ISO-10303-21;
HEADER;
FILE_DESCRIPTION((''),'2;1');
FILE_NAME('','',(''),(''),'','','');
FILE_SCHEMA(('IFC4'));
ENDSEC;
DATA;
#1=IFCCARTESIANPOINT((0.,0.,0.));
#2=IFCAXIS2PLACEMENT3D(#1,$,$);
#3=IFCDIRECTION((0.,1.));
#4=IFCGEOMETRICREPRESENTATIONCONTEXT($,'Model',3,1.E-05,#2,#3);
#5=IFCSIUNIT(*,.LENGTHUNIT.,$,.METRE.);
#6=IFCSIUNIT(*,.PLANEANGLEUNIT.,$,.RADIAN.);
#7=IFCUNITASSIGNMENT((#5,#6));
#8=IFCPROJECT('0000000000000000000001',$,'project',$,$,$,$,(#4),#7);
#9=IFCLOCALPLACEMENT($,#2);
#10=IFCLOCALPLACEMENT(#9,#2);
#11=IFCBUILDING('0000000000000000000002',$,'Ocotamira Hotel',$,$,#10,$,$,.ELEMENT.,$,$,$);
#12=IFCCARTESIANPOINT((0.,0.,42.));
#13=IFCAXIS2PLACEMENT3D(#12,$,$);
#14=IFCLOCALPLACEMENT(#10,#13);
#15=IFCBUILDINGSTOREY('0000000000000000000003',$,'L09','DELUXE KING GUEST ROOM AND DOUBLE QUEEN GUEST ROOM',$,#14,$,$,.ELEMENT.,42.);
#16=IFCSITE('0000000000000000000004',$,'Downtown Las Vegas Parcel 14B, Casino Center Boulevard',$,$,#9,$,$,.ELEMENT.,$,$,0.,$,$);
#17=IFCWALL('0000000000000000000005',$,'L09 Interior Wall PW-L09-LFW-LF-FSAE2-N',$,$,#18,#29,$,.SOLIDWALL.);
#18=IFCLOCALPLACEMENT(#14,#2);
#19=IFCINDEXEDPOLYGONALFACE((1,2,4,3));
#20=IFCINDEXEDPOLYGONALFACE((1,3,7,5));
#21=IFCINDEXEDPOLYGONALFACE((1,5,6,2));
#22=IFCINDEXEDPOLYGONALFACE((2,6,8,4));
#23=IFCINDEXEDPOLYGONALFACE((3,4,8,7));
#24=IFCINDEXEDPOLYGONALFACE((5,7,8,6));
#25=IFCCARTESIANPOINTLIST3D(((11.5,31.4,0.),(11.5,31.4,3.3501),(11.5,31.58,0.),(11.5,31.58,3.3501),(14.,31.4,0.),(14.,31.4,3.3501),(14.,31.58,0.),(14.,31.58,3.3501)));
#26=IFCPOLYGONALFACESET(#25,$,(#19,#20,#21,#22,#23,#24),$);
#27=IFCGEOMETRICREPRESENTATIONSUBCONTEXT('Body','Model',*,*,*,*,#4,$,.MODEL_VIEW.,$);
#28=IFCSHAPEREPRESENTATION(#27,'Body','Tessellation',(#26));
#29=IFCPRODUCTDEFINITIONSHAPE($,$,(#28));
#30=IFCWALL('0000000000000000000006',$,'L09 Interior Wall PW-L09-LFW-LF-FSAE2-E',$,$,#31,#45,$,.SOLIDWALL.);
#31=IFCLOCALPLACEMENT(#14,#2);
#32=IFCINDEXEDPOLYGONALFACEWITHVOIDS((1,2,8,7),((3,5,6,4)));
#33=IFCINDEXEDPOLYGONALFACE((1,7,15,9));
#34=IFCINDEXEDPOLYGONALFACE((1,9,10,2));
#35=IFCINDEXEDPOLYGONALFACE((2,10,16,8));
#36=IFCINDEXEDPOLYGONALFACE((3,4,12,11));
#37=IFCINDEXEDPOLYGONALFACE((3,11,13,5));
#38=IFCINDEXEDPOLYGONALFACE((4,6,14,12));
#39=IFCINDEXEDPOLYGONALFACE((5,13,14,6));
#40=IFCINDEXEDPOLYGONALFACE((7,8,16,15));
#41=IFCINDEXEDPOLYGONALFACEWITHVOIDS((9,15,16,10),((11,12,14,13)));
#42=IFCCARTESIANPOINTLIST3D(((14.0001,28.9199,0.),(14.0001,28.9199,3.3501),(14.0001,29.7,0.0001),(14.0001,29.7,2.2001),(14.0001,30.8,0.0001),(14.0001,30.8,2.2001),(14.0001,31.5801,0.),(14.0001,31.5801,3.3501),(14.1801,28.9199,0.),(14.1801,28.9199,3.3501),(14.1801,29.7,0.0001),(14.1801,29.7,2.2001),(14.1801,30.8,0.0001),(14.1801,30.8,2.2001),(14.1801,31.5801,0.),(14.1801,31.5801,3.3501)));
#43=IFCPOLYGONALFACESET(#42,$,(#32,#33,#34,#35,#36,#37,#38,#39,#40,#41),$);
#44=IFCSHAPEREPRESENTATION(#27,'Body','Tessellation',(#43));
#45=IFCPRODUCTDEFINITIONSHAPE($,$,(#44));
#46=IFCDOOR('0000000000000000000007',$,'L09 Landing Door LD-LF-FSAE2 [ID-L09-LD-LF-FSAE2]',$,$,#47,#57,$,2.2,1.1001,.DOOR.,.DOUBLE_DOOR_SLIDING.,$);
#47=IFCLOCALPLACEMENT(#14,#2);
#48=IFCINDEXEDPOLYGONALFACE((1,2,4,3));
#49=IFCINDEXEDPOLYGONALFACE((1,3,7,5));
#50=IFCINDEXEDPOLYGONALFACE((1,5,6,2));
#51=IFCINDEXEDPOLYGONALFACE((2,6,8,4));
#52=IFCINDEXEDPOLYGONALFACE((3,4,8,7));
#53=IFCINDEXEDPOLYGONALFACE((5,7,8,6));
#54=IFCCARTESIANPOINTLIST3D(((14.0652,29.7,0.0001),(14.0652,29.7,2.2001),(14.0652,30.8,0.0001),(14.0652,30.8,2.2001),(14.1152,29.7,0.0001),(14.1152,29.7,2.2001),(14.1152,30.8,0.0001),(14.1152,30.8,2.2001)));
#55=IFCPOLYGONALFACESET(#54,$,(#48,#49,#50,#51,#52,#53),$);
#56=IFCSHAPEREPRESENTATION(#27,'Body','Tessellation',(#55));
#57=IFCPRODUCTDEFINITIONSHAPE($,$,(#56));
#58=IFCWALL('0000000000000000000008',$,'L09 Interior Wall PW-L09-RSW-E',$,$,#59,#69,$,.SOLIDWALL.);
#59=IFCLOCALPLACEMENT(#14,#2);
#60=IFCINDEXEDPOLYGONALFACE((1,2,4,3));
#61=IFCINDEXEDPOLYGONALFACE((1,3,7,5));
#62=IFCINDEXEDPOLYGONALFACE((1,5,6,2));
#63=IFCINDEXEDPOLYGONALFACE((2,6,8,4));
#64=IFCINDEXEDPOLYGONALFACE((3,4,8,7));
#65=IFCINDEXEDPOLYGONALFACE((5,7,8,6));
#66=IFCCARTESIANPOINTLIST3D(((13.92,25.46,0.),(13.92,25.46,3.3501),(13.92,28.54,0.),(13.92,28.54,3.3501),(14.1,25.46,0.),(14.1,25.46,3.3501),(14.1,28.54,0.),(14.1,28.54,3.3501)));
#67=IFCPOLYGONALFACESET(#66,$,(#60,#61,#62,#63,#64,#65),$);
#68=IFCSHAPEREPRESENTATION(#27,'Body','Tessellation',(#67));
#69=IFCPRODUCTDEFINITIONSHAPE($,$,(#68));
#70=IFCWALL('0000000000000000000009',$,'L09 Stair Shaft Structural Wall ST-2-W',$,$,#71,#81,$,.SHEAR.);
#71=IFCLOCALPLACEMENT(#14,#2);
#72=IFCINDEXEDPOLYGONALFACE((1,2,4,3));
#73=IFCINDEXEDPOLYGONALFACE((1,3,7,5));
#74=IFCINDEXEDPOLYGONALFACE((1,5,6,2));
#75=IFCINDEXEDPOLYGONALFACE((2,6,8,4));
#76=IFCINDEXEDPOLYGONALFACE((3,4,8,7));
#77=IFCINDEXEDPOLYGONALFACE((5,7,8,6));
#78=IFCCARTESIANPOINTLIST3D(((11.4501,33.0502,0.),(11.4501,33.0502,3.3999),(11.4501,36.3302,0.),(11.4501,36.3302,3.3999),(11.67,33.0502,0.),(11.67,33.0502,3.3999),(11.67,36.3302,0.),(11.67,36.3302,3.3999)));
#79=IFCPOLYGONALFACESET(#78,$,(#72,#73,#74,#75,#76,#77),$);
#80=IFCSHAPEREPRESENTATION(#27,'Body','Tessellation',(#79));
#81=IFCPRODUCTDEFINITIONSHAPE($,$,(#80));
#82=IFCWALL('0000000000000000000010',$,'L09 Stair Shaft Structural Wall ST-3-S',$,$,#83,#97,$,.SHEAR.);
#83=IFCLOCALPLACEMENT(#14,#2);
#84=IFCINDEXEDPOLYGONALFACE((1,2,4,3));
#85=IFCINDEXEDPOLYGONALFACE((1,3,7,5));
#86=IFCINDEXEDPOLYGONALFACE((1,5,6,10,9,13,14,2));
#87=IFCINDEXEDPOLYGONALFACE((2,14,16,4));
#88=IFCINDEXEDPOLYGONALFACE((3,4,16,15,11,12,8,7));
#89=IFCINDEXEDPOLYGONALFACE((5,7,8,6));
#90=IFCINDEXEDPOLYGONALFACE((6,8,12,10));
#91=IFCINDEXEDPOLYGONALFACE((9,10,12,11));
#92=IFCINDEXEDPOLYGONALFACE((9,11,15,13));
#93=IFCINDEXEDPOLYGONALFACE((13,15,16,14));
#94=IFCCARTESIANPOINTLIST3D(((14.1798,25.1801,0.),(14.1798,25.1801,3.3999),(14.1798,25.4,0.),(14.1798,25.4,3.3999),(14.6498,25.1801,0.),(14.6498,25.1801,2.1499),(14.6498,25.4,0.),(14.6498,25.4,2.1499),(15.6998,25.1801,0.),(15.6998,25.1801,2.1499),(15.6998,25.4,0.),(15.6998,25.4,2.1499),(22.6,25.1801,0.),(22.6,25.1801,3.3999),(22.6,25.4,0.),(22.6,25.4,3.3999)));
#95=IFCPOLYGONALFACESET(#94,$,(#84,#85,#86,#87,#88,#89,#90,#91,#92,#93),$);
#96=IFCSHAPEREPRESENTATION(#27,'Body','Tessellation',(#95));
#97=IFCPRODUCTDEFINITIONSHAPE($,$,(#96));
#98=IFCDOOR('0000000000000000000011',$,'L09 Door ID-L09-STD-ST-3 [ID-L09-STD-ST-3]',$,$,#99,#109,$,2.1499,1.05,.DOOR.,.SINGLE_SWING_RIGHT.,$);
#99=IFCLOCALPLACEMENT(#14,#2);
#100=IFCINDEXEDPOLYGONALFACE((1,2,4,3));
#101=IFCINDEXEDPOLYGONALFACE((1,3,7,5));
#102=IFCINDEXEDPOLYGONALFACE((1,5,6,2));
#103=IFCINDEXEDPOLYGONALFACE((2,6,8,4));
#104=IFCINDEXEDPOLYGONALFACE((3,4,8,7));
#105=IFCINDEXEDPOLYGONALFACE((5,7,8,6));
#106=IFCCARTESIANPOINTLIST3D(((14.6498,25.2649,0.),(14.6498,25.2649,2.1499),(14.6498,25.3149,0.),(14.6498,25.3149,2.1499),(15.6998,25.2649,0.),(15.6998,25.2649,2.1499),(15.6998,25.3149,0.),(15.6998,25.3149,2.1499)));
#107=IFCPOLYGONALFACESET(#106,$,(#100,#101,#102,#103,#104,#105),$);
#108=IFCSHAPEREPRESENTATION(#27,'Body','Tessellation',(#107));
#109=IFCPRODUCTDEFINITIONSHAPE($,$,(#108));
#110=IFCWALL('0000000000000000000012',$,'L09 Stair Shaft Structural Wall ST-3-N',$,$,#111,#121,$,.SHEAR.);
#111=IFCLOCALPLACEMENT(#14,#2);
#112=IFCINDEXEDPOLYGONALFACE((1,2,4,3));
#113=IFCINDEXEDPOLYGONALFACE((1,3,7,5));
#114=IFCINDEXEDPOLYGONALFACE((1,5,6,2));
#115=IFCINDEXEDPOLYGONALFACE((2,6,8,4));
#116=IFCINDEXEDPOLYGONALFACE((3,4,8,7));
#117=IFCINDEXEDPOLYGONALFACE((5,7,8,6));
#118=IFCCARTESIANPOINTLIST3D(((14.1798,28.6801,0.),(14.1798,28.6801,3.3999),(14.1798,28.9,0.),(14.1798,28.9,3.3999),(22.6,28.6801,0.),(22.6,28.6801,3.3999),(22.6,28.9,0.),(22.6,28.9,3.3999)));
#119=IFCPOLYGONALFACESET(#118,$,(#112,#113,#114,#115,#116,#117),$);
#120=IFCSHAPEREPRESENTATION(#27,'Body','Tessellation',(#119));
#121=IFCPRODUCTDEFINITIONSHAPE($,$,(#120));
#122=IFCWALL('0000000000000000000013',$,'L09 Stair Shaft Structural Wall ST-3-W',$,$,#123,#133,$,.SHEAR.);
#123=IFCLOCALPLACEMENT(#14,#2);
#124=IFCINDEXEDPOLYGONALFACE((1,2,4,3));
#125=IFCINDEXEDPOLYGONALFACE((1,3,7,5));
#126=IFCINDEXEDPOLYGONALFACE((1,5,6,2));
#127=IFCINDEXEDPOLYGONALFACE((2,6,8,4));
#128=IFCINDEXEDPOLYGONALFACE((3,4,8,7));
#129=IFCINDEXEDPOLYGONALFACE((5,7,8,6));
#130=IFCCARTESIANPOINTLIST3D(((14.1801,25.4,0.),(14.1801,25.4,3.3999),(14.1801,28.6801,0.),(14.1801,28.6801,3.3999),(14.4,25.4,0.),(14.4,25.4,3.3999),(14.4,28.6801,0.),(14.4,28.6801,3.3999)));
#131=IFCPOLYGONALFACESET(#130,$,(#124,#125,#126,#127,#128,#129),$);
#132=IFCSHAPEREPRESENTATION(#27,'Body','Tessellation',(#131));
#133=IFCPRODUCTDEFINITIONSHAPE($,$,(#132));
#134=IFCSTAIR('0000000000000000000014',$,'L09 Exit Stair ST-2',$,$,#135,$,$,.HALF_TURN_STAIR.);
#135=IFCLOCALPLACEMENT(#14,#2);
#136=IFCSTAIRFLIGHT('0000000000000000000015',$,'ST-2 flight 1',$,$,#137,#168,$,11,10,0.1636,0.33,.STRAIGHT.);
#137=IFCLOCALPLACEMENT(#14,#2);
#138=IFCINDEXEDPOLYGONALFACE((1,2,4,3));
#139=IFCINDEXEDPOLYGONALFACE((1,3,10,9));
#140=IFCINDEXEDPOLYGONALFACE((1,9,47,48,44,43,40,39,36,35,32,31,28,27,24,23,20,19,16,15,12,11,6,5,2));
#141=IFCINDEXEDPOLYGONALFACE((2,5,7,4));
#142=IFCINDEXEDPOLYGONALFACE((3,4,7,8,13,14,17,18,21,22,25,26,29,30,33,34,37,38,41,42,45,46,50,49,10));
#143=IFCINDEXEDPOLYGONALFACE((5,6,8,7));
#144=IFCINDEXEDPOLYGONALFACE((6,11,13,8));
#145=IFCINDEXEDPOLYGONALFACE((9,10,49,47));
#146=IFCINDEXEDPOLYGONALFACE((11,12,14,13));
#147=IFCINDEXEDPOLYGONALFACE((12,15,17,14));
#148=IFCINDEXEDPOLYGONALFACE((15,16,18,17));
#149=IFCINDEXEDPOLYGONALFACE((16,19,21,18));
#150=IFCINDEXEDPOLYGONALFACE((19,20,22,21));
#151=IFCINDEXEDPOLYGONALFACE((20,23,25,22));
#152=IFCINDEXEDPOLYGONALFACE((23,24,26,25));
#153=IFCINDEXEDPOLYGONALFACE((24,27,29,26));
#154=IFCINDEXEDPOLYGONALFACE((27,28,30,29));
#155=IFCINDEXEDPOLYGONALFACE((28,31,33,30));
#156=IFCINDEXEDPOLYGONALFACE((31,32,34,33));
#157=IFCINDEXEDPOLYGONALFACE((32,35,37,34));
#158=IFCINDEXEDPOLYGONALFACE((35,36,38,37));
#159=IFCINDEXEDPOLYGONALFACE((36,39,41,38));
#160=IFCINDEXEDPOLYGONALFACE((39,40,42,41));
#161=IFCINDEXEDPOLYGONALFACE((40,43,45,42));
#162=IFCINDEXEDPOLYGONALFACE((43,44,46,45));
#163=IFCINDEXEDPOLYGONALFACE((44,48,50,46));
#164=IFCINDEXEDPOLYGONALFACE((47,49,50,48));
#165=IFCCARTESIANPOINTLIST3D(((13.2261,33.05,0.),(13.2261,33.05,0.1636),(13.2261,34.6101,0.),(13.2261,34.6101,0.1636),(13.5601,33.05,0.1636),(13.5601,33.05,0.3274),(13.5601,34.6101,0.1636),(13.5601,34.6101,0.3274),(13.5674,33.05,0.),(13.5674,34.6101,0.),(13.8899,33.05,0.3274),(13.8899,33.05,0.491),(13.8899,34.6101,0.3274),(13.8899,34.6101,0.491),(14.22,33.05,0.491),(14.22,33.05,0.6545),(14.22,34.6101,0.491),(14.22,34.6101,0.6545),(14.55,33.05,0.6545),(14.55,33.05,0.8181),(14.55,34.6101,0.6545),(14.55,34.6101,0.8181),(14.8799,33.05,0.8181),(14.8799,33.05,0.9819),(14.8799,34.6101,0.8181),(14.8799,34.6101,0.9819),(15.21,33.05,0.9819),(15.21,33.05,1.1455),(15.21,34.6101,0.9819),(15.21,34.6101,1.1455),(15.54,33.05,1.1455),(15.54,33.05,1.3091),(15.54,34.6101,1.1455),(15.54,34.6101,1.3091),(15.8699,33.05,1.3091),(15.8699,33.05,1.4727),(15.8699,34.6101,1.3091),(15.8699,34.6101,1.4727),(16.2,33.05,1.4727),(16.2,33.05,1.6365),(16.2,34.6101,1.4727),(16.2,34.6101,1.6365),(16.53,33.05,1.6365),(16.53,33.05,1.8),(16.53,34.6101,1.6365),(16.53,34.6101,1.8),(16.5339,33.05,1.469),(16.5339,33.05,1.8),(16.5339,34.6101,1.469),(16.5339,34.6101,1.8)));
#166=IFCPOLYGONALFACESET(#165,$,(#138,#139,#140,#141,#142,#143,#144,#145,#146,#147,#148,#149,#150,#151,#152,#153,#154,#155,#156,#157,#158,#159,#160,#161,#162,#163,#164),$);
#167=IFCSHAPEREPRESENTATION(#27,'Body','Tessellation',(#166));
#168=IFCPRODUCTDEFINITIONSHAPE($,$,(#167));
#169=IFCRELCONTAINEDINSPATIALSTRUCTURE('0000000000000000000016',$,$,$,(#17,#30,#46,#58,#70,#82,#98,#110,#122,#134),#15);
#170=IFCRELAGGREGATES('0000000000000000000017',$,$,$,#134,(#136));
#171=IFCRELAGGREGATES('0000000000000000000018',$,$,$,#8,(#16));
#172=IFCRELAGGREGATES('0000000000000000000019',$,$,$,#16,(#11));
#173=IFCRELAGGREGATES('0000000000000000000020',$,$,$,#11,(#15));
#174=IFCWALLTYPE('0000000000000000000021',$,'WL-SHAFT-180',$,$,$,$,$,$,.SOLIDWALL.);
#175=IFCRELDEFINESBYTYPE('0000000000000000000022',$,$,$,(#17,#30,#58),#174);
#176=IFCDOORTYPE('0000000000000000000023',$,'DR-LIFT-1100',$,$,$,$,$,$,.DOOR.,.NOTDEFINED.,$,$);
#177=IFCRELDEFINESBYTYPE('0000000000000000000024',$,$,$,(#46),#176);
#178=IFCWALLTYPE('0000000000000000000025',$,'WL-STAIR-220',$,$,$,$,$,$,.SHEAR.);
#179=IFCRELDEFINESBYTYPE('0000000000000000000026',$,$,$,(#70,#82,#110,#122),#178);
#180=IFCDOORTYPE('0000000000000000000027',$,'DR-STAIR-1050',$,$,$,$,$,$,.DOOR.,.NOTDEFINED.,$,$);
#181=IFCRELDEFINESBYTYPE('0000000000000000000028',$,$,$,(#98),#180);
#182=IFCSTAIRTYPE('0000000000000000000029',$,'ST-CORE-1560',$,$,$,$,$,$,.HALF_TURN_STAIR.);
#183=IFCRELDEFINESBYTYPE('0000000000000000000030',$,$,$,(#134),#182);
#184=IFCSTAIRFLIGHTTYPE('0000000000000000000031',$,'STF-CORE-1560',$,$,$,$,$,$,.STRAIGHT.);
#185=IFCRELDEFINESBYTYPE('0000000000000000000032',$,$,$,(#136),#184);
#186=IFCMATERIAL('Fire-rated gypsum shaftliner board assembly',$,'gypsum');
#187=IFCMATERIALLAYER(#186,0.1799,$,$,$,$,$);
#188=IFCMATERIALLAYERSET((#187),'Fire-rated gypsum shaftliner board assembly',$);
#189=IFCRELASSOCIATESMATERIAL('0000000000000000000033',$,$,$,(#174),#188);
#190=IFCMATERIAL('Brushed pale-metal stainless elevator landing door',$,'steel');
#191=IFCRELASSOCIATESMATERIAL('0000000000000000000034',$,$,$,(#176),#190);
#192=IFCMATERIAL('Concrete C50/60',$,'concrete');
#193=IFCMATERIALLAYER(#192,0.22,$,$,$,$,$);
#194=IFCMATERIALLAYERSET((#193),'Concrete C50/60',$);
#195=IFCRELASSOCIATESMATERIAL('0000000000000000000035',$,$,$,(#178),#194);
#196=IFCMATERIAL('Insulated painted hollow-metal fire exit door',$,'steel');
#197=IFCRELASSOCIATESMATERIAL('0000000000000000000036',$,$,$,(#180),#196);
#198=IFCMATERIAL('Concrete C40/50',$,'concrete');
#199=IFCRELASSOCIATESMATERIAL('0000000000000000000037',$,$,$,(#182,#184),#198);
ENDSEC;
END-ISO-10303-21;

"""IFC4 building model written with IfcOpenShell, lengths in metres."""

from ifc_helpers import new_model, si_unit, direction, frame, frame_2d, origin, place, context, subcontext, project, spatial, polyline, rectangle, outline, extrude, source, transform, mapped, material, layer, layer_set, type_object, element, fill, aggregate, save


model = new_model("IFC4")

# Units and contexts
model_context = context("Model", 3, precision=1e-05, world=origin(), true_north=direction((0.0, 1.0)))
body_context = subcontext(model_context, "Body", "Model", "MODEL_VIEW")
ifc_project = project(units=[si_unit("LENGTHUNIT", "METRE"), si_unit("PLANEANGLEUNIT", "RADIAN")], contexts=[model_context])

# Site, building, storey
site_placement = place(None, origin())
site = spatial("IfcSite", under=ifc_project, at=site_placement, Name="Downtown Las Vegas Parcel 14B, Casino Center Boulevard", CompositionType="ELEMENT", RefElevation=0.0)
building_placement = place(site_placement, origin())
building = spatial("IfcBuilding", under=site, at=building_placement, Name="Ocotamira Hotel", CompositionType="ELEMENT")
storey_placement = place(building_placement, frame((0.0, 0.0, 42.0)))
storey = spatial("IfcBuildingStorey", under=building, at=storey_placement, Name="L09", Description="DELUXE KING GUEST ROOM AND DOUBLE QUEEN GUEST ROOM", CompositionType="ELEMENT", Elevation=42.0)

# Wall
ifc_material_1 = material(Name="Fire-rated gypsum shaftliner board assembly", Category="gypsum")
ifc_layer_1 = layer(ifc_material_1, 0.1799)
ifc_layer_set_1 = layer_set([ifc_layer_1], Name="Fire-rated gypsum shaftliner board assembly")
wall_type_1 = type_object("IfcWallType", Name="WL-SHAFT-180", PredefinedType="SOLIDWALL", material=ifc_layer_set_1)
wall_1_placement = place(storey_placement, frame((11.5, 31.49, 0.0), z_axis=(0.0, 0.0, 1.0), x_axis=(1.0, 0.0, 0.0)))
element("IfcWall", 1, at=wall_1_placement, inside=storey, type_object=wall_type_1, Name="L09 Interior Wall PW-L09-LFW-LF-FSAE2-N", PredefinedType="SOLIDWALL", context=body_context, shape_type="SweptSolid", body=[
    extrude(rectangle(XDim=2.5, YDim=0.1799, at=frame_2d((1.25, 0.0))), origin(), (0.0, 0.0, 1.0), 3.3501),
])

# Wall, opening, door
wall_2_placement = place(storey_placement, frame((14.0901, 28.9199, 0.0), z_axis=(0.0, 0.0, 1.0), x_axis=(0.0, 1.0, 0.0)))
wall_2 = element("IfcWall", 2, at=wall_2_placement, inside=storey, type_object=wall_type_1, Name="L09 Interior Wall PW-L09-LFW-LF-FSAE2-E", PredefinedType="SOLIDWALL", context=body_context, shape_type="SweptSolid", body=[
    extrude(rectangle(XDim=2.6602, YDim=0.1799, at=frame_2d((1.3301, 0.0))), origin(), (0.0, 0.0, 1.0), 3.3501),
])
opening_1_placement = place(wall_2_placement, frame((0.78, 0.0, 0.0)))
opening_1 = element("IfcOpeningElement", 3, at=opening_1_placement, cuts=wall_2, PredefinedType="OPENING", context=body_context, shape_type="SweptSolid", body=[
    extrude(rectangle(XDim=1.1001, YDim=2.2, at=frame_2d((0.55, 1.1001))), frame((0.0, 0.1001, 0.0), z_axis=(0.0, -1.0, 0.0), x_axis=(1.0, 0.0, 0.0)), (0.0, 0.0, 1.0), 0.2),
])
ifc_material_2 = material(Name="Brushed pale-metal stainless elevator landing door", Category="steel")
door_type_1 = type_object("IfcDoorType", Name="DR-LIFT-1100", OperationType="NOTDEFINED", PredefinedType="DOOR", material=ifc_material_2)
shared_shape_1 = source(origin(), body_context, "Body", "SweptSolid", [
    extrude(rectangle(XDim=1.1001, YDim=2.2, at=frame_2d((0.55, 1.1001))), frame((0.0, 0.0249, 0.0), z_axis=(0.0, -1.0, 0.0), x_axis=(1.0, 0.0, 0.0)), (0.0, 0.0, 1.0), 0.05),
])
door_1_placement = place(opening_1_placement, origin())
door_1 = element("IfcDoor", 4, at=door_1_placement, inside=storey, type_object=door_type_1, Name="L09 Landing Door LD-LF-FSAE2 [ID-L09-LD-LF-FSAE2]", OperationType="DOUBLE_DOOR_SLIDING", OverallHeight=2.2, OverallWidth=1.1001, PredefinedType="DOOR", context=body_context, shape_type="MappedRepresentation", body=[
    mapped(shared_shape_1, transform((0.0, 0.0, 0.0), scale=1.0)),
])
fill(opening_1, door_1)

# Walls
wall_3_placement = place(storey_placement, frame((14.01, 25.46, 0.0), z_axis=(0.0, 0.0, 1.0), x_axis=(0.0, 1.0, 0.0)))
element("IfcWall", 5, at=wall_3_placement, inside=storey, type_object=wall_type_1, Name="L09 Interior Wall PW-L09-RSW-E", PredefinedType="SOLIDWALL", context=body_context, shape_type="SweptSolid", body=[
    extrude(rectangle(XDim=3.0801, YDim=0.1799, at=frame_2d((1.54, 0.0))), origin(), (0.0, 0.0, 1.0), 3.3501),
])
ifc_material_3 = material(Name="Concrete C50/60", Category="concrete")
ifc_layer_2 = layer(ifc_material_3, 0.22)
ifc_layer_set_2 = layer_set([ifc_layer_2], Name="Concrete C50/60")
wall_type_2 = type_object("IfcWallType", Name="WL-STAIR-220", PredefinedType="SHEAR", material=ifc_layer_set_2)
wall_4_placement = place(storey_placement, frame((11.5601, 33.05, 0.0), z_axis=(0.0, 0.0, 1.0), x_axis=(0.0, 1.0, 0.0)))
element("IfcWall", 6, at=wall_4_placement, inside=storey, type_object=wall_type_2, Name="L09 Stair Shaft Structural Wall ST-2-W", PredefinedType="SHEAR", context=body_context, shape_type="SweptSolid", body=[
    extrude(rectangle(XDim=3.28, YDim=0.22, at=frame_2d((1.6401, 0.0))), origin(), (0.0, 0.0, 1.0), 3.3999),
])

# Wall, opening, door
wall_5_placement = place(storey_placement, frame((14.1799, 25.29, 0.0), z_axis=(0.0, 0.0, 1.0), x_axis=(1.0, 0.0, 0.0)))
wall_5 = element("IfcWall", 7, at=wall_5_placement, inside=storey, type_object=wall_type_2, Name="L09 Stair Shaft Structural Wall ST-3-S", PredefinedType="SHEAR", context=body_context, shape_type="SweptSolid", body=[
    extrude(rectangle(XDim=8.4202, YDim=0.22, at=frame_2d((4.21, 0.0))), origin(), (0.0, 0.0, 1.0), 3.3999),
])
opening_2_placement = place(wall_5_placement, frame((0.47, 0.0, 0.0)))
opening_2 = element("IfcOpeningElement", 8, at=opening_2_placement, cuts=wall_5, PredefinedType="OPENING", context=body_context, shape_type="SweptSolid", body=[
    extrude(rectangle(XDim=1.05, YDim=2.1499, at=frame_2d((0.5249, 1.075))), frame((0.0, 0.1201, 0.0), z_axis=(0.0, -1.0, 0.0), x_axis=(1.0, 0.0, 0.0)), (0.0, 0.0, 1.0), 0.24),
])
ifc_material_4 = material(Name="Insulated painted hollow-metal fire exit door", Category="steel")
door_type_2 = type_object("IfcDoorType", Name="DR-STAIR-1050", OperationType="NOTDEFINED", PredefinedType="DOOR", material=ifc_material_4)
shared_shape_2 = source(origin(), body_context, "Body", "SweptSolid", [
    extrude(rectangle(XDim=1.05, YDim=2.1499, at=frame_2d((0.5249, 1.075))), frame((0.0, 0.0249, 0.0), z_axis=(0.0, -1.0, 0.0), x_axis=(1.0, 0.0, 0.0)), (0.0, 0.0, 1.0), 0.05),
])
door_2_placement = place(opening_2_placement, origin())
door_2 = element("IfcDoor", 9, at=door_2_placement, inside=storey, type_object=door_type_2, Name="L09 Door ID-L09-STD-ST-3 [ID-L09-STD-ST-3]", OperationType="SINGLE_SWING_RIGHT", OverallHeight=2.1499, OverallWidth=1.05, PredefinedType="DOOR", context=body_context, shape_type="MappedRepresentation", body=[
    mapped(shared_shape_2, transform((0.0, 0.0, 0.0), scale=1.0)),
])
fill(opening_2, door_2)

# Walls
wall_6_placement = place(storey_placement, frame((14.1799, 28.79, 0.0), z_axis=(0.0, 0.0, 1.0), x_axis=(1.0, 0.0, 0.0)))
element("IfcWall", 10, at=wall_6_placement, inside=storey, type_object=wall_type_2, Name="L09 Stair Shaft Structural Wall ST-3-N", PredefinedType="SHEAR", context=body_context, shape_type="SweptSolid", body=[
    extrude(rectangle(XDim=8.4202, YDim=0.22, at=frame_2d((4.21, 0.0))), origin(), (0.0, 0.0, 1.0), 3.3999),
])
wall_7_placement = place(storey_placement, frame((14.29, 25.3999, 0.0), z_axis=(0.0, 0.0, 1.0), x_axis=(0.0, 1.0, 0.0)))
element("IfcWall", 11, at=wall_7_placement, inside=storey, type_object=wall_type_2, Name="L09 Stair Shaft Structural Wall ST-3-W", PredefinedType="SHEAR", context=body_context, shape_type="SweptSolid", body=[
    extrude(rectangle(XDim=3.28, YDim=0.22, at=frame_2d((1.6401, 0.0))), origin(), (0.0, 0.0, 1.0), 3.3999),
])

# Stair, stair flight
ifc_material_5 = material(Name="Concrete C40/50", Category="concrete")
stair_type = type_object("IfcStairType", Name="ST-CORE-1560", PredefinedType="HALF_TURN_STAIR", material=ifc_material_5)
stair_1_placement = place(storey_placement, origin())
stair_1 = element("IfcStair", 12, at=stair_1_placement, inside=storey, type_object=stair_type, Name="L09 Exit Stair ST-2", PredefinedType="HALF_TURN_STAIR")
stair_flight_type = type_object("IfcStairFlightType", Name="STF-CORE-1560", PredefinedType="STRAIGHT", material=ifc_material_5)
shared_shape_3 = source(origin(), body_context, "Body", "SweptSolid", [
    extrude(outline(polyline([(-0.0039, 0.0), (-0.0039, 0.1636), (0.3301, 0.1636), (0.3301, 0.3274), (0.6599, 0.3274), (0.6599, 0.491), (0.99, 0.491), (0.99, 0.6545), (1.3201, 0.6545), (1.3201, 0.8181), (1.6499, 0.8181), (1.6499, 0.9819), (1.98, 0.9819), (1.98, 1.1455), (2.3101, 1.1455), (2.3101, 1.3091), (2.6399, 1.3091), (2.6399, 1.4727), (2.97, 1.4727), (2.97, 1.6365), (3.3, 1.6365), (3.3, 1.8), (3.304, 1.8), (3.304, 1.469), (0.3374, 0.0), (-0.0039, 0.0)])), frame((0.0, 0.78, 0.0), z_axis=(0.0, -1.0, 0.0), x_axis=(1.0, 0.0, 0.0)), (0.0, 0.0, 1.0), 1.5601),
])
stair_flight_1_placement = place(storey_placement, frame((13.23, 33.8301, 0.0), z_axis=(0.0, 0.0, 1.0), x_axis=(1.0, 0.0, 0.0)))
stair_flight_1 = element("IfcStairFlight", 13, at=stair_flight_1_placement, type_object=stair_flight_type, Name="ST-2 flight 1", NumberOfRisers=11, NumberOfTreads=10, PredefinedType="STRAIGHT", RiserHeight=0.1636, TreadLength=0.33, context=body_context, shape_type="MappedRepresentation", body=[
    mapped(shared_shape_3, transform((0.0, 0.0, 0.0), scale=1.0)),
])
aggregate(stair_1, [stair_flight_1])

save(model, "model.ifc")
